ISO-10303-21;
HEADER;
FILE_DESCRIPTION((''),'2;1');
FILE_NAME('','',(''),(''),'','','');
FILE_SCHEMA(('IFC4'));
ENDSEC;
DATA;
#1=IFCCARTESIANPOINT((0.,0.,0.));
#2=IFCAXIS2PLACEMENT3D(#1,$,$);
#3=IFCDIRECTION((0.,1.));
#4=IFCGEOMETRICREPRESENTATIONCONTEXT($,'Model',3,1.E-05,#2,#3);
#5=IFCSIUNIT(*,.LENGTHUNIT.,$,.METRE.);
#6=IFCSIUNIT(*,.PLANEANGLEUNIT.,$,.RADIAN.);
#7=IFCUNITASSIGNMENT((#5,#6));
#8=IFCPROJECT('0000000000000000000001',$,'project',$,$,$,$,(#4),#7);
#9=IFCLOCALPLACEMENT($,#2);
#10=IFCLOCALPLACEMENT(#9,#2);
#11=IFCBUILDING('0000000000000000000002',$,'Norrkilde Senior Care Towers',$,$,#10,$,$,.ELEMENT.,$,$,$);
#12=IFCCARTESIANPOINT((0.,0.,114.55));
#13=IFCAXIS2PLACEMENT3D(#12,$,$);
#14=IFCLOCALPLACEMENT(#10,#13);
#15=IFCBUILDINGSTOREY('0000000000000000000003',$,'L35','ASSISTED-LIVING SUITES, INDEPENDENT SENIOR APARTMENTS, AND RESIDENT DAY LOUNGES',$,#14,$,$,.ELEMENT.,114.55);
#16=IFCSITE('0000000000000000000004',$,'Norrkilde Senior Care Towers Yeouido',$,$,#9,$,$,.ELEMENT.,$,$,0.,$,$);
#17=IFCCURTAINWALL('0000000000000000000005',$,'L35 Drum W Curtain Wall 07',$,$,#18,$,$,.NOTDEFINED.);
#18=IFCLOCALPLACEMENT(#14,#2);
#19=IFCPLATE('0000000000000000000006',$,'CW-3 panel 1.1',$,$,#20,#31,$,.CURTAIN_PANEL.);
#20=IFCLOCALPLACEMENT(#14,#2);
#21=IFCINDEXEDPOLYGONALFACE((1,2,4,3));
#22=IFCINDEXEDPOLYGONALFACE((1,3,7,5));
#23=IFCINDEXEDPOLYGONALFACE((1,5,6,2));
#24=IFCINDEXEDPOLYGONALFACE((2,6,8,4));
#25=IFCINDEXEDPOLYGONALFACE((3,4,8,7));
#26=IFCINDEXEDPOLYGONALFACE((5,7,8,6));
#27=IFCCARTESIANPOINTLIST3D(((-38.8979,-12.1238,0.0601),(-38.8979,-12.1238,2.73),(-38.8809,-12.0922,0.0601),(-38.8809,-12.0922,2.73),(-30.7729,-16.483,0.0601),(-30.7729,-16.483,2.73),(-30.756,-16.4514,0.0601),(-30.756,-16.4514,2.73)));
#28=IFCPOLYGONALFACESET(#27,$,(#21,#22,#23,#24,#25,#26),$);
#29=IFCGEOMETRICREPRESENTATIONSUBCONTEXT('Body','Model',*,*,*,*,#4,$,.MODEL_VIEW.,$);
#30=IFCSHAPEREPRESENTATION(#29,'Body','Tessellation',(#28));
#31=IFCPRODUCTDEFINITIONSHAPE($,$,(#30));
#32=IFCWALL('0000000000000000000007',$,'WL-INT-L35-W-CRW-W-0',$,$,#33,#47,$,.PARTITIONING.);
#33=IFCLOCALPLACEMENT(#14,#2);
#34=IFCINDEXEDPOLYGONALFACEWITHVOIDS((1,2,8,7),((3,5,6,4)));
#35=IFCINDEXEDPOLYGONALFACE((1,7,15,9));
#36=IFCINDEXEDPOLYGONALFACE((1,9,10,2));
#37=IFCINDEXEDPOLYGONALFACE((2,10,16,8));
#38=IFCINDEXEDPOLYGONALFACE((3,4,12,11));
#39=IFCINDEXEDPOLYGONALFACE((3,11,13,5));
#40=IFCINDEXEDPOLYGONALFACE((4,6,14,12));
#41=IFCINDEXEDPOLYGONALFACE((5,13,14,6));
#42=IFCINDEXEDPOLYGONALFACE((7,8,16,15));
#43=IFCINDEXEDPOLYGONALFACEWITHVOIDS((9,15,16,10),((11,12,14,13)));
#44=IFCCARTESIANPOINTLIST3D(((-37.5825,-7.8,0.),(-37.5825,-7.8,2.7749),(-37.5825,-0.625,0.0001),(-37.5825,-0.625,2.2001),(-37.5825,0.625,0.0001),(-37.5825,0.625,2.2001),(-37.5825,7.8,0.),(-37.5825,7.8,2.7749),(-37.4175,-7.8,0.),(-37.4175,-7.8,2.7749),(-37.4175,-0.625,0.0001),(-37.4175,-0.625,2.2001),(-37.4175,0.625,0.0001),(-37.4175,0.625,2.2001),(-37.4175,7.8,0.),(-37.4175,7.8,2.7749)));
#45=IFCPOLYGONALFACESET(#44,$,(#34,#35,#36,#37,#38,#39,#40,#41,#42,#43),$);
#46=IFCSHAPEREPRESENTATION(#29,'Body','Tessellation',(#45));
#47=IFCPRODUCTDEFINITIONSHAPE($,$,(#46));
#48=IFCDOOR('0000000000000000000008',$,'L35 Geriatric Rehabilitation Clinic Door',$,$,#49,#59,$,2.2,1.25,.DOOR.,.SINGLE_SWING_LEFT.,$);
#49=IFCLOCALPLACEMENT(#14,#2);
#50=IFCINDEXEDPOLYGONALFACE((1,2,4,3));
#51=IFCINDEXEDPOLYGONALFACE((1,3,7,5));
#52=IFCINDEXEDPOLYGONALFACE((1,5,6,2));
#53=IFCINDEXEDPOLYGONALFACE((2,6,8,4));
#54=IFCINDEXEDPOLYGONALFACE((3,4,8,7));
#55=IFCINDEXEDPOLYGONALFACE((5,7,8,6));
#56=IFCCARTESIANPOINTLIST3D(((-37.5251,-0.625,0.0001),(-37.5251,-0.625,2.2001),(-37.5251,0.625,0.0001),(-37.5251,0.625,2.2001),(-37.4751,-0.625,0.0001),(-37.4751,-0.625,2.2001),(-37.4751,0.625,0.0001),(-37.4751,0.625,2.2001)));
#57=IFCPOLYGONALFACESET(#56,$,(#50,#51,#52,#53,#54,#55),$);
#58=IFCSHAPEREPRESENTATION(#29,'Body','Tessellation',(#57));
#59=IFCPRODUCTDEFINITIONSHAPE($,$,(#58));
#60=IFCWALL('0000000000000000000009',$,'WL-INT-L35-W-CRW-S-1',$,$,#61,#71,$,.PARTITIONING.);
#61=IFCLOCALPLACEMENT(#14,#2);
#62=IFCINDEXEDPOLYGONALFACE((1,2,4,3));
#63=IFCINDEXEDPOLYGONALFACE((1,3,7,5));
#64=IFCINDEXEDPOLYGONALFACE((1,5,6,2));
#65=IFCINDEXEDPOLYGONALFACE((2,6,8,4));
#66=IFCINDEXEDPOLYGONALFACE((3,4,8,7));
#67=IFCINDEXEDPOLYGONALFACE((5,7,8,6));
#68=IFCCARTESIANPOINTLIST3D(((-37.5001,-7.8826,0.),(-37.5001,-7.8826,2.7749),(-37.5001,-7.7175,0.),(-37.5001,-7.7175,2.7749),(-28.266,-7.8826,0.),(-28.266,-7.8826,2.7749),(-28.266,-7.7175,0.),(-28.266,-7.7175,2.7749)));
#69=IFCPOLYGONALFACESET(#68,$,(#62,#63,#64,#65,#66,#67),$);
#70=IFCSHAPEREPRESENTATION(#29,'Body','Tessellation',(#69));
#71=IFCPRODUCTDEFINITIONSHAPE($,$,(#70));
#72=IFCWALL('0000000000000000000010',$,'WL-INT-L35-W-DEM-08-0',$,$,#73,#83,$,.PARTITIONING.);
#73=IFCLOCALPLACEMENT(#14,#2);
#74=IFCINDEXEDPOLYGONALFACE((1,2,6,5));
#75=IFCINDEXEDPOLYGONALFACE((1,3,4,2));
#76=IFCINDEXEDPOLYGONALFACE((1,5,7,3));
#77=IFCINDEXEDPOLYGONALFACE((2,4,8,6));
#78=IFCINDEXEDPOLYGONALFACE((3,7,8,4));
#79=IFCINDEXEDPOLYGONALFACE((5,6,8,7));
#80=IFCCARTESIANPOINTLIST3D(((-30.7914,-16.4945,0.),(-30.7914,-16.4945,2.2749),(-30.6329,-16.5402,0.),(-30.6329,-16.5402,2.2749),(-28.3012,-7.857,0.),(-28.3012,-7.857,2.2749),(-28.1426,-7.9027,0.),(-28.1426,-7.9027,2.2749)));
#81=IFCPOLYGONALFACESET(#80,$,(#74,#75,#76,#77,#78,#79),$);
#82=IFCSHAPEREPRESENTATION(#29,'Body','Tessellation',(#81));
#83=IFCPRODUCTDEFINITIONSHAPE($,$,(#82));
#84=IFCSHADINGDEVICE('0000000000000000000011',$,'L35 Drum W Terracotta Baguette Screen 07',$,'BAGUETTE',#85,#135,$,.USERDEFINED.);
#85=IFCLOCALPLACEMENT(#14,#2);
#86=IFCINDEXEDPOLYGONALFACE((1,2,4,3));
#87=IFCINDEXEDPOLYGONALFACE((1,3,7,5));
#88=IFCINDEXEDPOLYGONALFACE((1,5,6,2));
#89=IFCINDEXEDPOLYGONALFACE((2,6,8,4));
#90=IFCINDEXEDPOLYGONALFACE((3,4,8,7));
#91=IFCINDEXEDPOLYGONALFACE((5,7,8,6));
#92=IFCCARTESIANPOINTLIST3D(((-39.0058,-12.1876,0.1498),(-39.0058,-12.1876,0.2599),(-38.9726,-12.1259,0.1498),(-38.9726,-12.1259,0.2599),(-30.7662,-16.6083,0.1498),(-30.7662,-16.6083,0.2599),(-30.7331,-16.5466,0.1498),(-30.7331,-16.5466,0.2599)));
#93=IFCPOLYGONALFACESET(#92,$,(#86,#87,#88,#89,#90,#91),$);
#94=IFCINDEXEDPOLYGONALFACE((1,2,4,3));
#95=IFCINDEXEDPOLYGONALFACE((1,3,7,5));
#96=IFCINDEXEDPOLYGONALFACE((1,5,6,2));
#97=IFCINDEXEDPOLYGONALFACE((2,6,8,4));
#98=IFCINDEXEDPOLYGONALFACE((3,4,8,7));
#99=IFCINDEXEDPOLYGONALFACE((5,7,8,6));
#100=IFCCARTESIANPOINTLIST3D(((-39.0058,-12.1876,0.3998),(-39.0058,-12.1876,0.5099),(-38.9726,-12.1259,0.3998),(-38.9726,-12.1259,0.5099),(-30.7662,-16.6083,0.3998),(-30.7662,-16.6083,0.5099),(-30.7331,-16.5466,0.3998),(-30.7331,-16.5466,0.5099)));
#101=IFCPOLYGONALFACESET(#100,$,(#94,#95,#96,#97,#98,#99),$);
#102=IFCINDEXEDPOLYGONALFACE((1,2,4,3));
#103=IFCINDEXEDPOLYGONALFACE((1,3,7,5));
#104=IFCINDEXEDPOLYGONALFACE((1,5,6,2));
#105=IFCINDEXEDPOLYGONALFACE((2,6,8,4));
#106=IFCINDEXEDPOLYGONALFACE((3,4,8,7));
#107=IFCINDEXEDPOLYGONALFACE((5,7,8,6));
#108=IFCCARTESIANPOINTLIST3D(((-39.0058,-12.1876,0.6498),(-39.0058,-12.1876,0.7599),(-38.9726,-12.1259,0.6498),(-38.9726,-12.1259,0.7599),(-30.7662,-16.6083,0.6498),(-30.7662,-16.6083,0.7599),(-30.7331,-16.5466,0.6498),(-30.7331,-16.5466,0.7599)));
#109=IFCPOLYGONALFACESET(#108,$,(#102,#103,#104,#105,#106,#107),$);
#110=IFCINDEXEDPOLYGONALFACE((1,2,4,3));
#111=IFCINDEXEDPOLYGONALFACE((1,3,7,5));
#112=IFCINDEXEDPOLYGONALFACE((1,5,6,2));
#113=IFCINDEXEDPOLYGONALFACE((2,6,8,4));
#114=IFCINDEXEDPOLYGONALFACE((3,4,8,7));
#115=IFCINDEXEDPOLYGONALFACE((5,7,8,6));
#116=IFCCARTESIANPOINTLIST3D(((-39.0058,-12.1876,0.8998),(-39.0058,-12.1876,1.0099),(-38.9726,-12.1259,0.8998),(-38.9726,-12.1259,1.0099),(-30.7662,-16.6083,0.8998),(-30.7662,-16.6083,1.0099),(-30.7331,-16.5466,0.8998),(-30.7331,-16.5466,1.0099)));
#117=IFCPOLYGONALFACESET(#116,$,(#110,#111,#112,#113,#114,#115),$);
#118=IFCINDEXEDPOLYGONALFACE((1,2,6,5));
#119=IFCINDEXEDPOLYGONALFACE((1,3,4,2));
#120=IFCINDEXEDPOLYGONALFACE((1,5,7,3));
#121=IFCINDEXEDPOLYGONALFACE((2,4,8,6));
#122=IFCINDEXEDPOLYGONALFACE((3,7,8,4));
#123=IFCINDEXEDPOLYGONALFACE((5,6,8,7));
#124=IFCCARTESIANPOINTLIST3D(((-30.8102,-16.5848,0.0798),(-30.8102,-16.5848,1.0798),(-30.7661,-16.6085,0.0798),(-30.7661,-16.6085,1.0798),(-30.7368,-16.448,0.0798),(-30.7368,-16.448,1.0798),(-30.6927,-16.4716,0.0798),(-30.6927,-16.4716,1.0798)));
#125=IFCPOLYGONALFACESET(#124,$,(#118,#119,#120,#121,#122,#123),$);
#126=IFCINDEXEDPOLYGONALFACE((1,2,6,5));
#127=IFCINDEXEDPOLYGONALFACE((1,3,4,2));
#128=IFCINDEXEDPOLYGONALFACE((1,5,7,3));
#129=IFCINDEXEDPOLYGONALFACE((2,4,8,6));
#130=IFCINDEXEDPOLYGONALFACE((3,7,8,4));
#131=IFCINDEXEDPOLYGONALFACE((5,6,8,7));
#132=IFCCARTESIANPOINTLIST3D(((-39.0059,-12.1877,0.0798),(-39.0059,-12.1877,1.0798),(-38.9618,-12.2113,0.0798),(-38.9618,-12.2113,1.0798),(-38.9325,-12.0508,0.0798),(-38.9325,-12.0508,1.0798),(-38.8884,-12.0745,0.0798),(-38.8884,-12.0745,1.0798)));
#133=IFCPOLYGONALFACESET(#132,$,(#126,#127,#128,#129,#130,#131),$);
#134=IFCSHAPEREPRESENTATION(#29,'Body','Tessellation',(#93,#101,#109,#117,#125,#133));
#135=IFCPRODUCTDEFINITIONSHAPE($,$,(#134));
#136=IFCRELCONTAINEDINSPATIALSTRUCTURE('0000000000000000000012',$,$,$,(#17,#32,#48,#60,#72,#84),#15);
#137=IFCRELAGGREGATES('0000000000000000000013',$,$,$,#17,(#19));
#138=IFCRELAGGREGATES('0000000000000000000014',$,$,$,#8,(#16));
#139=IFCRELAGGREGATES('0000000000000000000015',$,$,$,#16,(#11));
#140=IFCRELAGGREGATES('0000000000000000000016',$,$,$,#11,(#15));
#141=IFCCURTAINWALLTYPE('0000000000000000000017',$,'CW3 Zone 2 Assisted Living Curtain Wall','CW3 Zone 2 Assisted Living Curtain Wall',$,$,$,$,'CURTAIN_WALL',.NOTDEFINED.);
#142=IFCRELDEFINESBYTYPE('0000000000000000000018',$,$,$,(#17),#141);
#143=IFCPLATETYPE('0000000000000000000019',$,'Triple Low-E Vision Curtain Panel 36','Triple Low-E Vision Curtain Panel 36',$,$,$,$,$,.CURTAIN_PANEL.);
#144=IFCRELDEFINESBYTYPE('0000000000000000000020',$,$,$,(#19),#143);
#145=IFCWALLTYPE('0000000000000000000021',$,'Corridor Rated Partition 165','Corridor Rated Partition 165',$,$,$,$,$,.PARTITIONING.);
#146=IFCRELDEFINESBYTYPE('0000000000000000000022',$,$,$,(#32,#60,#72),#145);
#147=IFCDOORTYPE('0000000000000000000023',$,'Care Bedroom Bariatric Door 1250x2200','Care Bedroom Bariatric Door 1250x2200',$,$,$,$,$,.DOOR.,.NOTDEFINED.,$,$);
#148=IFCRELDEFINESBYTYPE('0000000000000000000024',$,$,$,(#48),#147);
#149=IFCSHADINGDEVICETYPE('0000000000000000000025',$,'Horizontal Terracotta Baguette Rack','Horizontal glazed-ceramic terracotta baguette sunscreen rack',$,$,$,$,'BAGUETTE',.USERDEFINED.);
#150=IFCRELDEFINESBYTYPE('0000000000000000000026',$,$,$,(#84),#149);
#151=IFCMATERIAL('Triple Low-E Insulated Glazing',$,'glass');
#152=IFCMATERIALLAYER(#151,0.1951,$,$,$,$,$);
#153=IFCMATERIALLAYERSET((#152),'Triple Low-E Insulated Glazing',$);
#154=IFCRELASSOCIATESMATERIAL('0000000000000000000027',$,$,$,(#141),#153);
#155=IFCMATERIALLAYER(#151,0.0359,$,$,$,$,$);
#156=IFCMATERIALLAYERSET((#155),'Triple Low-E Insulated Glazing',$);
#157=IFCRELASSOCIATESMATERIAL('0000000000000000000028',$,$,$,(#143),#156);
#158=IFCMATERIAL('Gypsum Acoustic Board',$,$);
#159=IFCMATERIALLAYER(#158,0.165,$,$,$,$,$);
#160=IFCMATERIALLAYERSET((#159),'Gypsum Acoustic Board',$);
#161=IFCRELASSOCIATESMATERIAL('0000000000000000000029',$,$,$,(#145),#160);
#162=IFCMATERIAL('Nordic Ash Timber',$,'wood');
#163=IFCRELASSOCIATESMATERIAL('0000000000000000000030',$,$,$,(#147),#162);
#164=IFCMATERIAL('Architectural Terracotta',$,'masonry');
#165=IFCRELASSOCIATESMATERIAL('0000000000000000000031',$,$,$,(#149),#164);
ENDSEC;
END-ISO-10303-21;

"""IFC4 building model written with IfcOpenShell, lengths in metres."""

from ifc_helpers import new_model, si_unit, direction, frame, frame_2d, origin, origin_2d, place, context, subcontext, project, spatial, rectangle, extrude, source, transform, mapped, material, layer, layer_set, type_object, type_shapes, element, fill, aggregate, save


model = new_model("IFC4")

# Units and contexts
model_context = context("Model", 3, precision=1e-05, world=origin(), true_north=direction((0.0, 1.0)))
body_context = subcontext(model_context, "Body", "Model", "MODEL_VIEW")
ifc_project = project(units=[si_unit("LENGTHUNIT", "METRE"), si_unit("PLANEANGLEUNIT", "RADIAN")], contexts=[model_context])

# Site, building, storey
site_placement = place(None, origin())
site = spatial("IfcSite", under=ifc_project, at=site_placement, Name="Norrkilde Senior Care Towers Yeouido", CompositionType="ELEMENT", RefElevation=0.0)
building_placement = place(site_placement, origin())
building = spatial("IfcBuilding", under=site, at=building_placement, Name="Norrkilde Senior Care Towers", CompositionType="ELEMENT")
storey_placement = place(building_placement, frame((0.0, 0.0, 114.55)))
storey = spatial("IfcBuildingStorey", under=building, at=storey_placement, Name="L35", Description="ASSISTED-LIVING SUITES, INDEPENDENT SENIOR APARTMENTS, AND RESIDENT DAY LOUNGES", CompositionType="ELEMENT", Elevation=114.55)

# Shared definitions
ifc_material_1 = material(Name="Triple Low-E Insulated Glazing", Category="glass")
ifc_layer_1 = layer(ifc_material_1, 0.1951)
ifc_layer_set_1 = layer_set([ifc_layer_1], Name="Triple Low-E Insulated Glazing")
curtain_wall_type = type_object("IfcCurtainWallType", Name="CW3 Zone 2 Assisted Living Curtain Wall", Description="CW3 Zone 2 Assisted Living Curtain Wall", ElementType="CURTAIN_WALL", PredefinedType="NOTDEFINED", material=ifc_layer_set_1)

# Curtain wall
curtain_wall_1_placement = place(storey_placement, origin())
curtain_wall_1 = element("IfcCurtainWall", 1, at=curtain_wall_1_placement, inside=storey, type_object=curtain_wall_type, Name="L35 Drum W Curtain Wall 07", PredefinedType="NOTDEFINED")

# Plate
ifc_layer_2 = layer(ifc_material_1, 0.0359)
ifc_layer_set_2 = layer_set([ifc_layer_2], Name="Triple Low-E Insulated Glazing")
plate_type = type_object("IfcPlateType", Name="Triple Low-E Vision Curtain Panel 36", Description="Triple Low-E Vision Curtain Panel 36", PredefinedType="CURTAIN_PANEL", material=ifc_layer_set_2)
shared_shape_1 = source(origin(), body_context, "Body", "SweptSolid", [
    extrude(rectangle(XDim=9.2205, YDim=0.0359, at=origin_2d()), origin(), (0.0, 0.0, 1.0), 2.6699),
])
plate_1_placement = place(storey_placement, frame((-34.8269, -14.2876, 0.0601), z_axis=(0.0, 0.0, 1.0), x_axis=(-0.881186, 0.472769, 0.0)))
plate_1 = element("IfcPlate", 2, at=plate_1_placement, type_object=plate_type, Name="CW-3 panel 1.1", PredefinedType="CURTAIN_PANEL", context=body_context, shape_type="MappedRepresentation", body=[
    mapped(shared_shape_1, transform((0.0, 0.0, 0.0), x_axis=(1.0, 0.0, 0.0), y_axis=(0.0, 1.0, 0.0), z_axis=(0.0, 0.0, 1.0), scale=1.0)),
])
aggregate(curtain_wall_1, [plate_1])

# Wall, opening, door
ifc_material_2 = material(Name="Gypsum Acoustic Board")
ifc_layer_3 = layer(ifc_material_2, 0.165)
ifc_layer_set_3 = layer_set([ifc_layer_3], Name="Gypsum Acoustic Board")
wall_type = type_object("IfcWallType", Name="Corridor Rated Partition 165", Description="Corridor Rated Partition 165", PredefinedType="PARTITIONING", material=ifc_layer_set_3)
shared_shape_2 = source(origin(), body_context, "Body", "SweptSolid", [
    extrude(rectangle(XDim=15.6001, YDim=0.165, at=frame_2d((7.8, 0.0))), origin(), (0.0, 0.0, 1.0), 2.7749),
])
wall_1_placement = place(storey_placement, frame((-37.5, -7.8, 0.0), z_axis=(0.0, 0.0, 1.0), x_axis=(0.0, 1.0, 0.0)))
wall_1 = element("IfcWall", 3, at=wall_1_placement, inside=storey, type_object=wall_type, Name="WL-INT-L35-W-CRW-W-0", PredefinedType="PARTITIONING", context=body_context, shape_type="MappedRepresentation", body=[
    mapped(shared_shape_2, transform((0.0, 0.0, 0.0), x_axis=(1.0, 0.0, 0.0), y_axis=(0.0, 1.0, 0.0), z_axis=(0.0, 0.0, 1.0), scale=1.0)),
])
opening_placement = place(wall_1_placement, frame((7.175, 0.0, 0.0)))
opening = element("IfcOpeningElement", 4, at=opening_placement, cuts=wall_1, PredefinedType="OPENING", context=body_context, shape_type="SweptSolid", body=[
    extrude(rectangle(XDim=1.25, YDim=2.2, at=frame_2d((0.625, 1.1001))), frame((0.0, 0.0925, 0.0), z_axis=(0.0, -1.0, 0.0), x_axis=(1.0, 0.0, 0.0)), (0.0, 0.0, 1.0), 0.1851),
])
ifc_material_3 = material(Name="Nordic Ash Timber", Category="wood")
door_type = type_object("IfcDoorType", Name="Care Bedroom Bariatric Door 1250x2200", Description="Care Bedroom Bariatric Door 1250x2200", OperationType="NOTDEFINED", PredefinedType="DOOR", material=ifc_material_3)
shared_shape_3 = source(origin(), body_context, "Body", "SweptSolid", [
    extrude(rectangle(XDim=1.25, YDim=2.2, at=frame_2d((0.625, 1.1001))), frame((0.0, 0.0249, 0.0), z_axis=(0.0, -1.0, 0.0), x_axis=(1.0, 0.0, 0.0)), (0.0, 0.0, 1.0), 0.05),
])
type_shapes(door_type, [shared_shape_3])
door_placement = place(opening_placement, frame((1.25, 0.0, 0.0), z_axis=(0.0, 0.0, 1.0), x_axis=(-1.0, 0.0, 0.0)))
door = element("IfcDoor", 5, at=door_placement, inside=storey, type_object=door_type, Name="L35 Geriatric Rehabilitation Clinic Door", OperationType="SINGLE_SWING_LEFT", OverallHeight=2.2, OverallWidth=1.25, PredefinedType="DOOR", context=body_context, shape_type="MappedRepresentation", body=[
    mapped(shared_shape_3, transform((0.0, 0.0, 0.0), x_axis=(1.0, 0.0, 0.0), y_axis=(0.0, 1.0, 0.0), z_axis=(0.0, 0.0, 1.0), scale=1.0)),
])
fill(opening, door)

# Walls
shared_shape_4 = source(origin(), body_context, "Body", "SweptSolid", [
    extrude(rectangle(XDim=9.2341, YDim=0.165, at=frame_2d((4.6172, 0.0))), origin(), (0.0, 0.0, 1.0), 2.7749),
])
wall_2_placement = place(storey_placement, frame((-28.2659, -7.8, 0.0), z_axis=(0.0, 0.0, 1.0), x_axis=(-1.0, 0.0, 0.0)))
element("IfcWall", 6, at=wall_2_placement, inside=storey, type_object=wall_type, Name="WL-INT-L35-W-CRW-S-1", PredefinedType="PARTITIONING", context=body_context, shape_type="MappedRepresentation", body=[
    mapped(shared_shape_4, transform((0.0, 0.0, 0.0), x_axis=(1.0, 0.0, 0.0), y_axis=(0.0, 1.0, 0.0), z_axis=(0.0, 0.0, 1.0), scale=1.0)),
])
shared_shape_5 = source(origin(), body_context, "Body", "SweptSolid", [
    extrude(rectangle(XDim=8.9893, YDim=0.165, at=frame_2d((4.4946, 0.0))), origin(), (0.0, 0.0, 1.0), 2.2749),
])
type_shapes(wall_type, [shared_shape_2, shared_shape_4, shared_shape_5])
wall_3_placement = place(storey_placement, frame((-28.2219, -7.8799, 0.0), z_axis=(0.0, 0.0, 1.0), x_axis=(-0.277023, -0.960863, 0.0)))
element("IfcWall", 7, at=wall_3_placement, inside=storey, type_object=wall_type, Name="WL-INT-L35-W-DEM-08-0", PredefinedType="PARTITIONING", context=body_context, shape_type="MappedRepresentation", body=[
    mapped(shared_shape_5, transform((0.0, 0.0, 0.0), x_axis=(1.0, 0.0, 0.0), y_axis=(0.0, 1.0, 0.0), z_axis=(0.0, 0.0, 1.0), scale=1.0)),
])

# Shading device
ifc_material_4 = material(Name="Architectural Terracotta", Category="masonry")
shading_device_type = type_object("IfcShadingDeviceType", Name="Horizontal Terracotta Baguette Rack", Description="Horizontal glazed-ceramic terracotta baguette sunscreen rack", ElementType="BAGUETTE", PredefinedType="USERDEFINED", material=ifc_material_4)
shared_shape_6 = source(origin(), body_context, "Body", "SweptSolid", [
    extrude(rectangle(XDim=0.0701, YDim=0.1101, at=origin_2d()), frame((0.0, 0.0901, 0.125), z_axis=(1.0, 0.0, 0.0), x_axis=(0.0, 1.0, 0.0)), (0.0, 0.0, 1.0), 9.3506),
    extrude(rectangle(XDim=0.0701, YDim=0.1101, at=origin_2d()), frame((0.0, 0.0901, 0.375), z_axis=(1.0, 0.0, 0.0), x_axis=(0.0, 1.0, 0.0)), (0.0, 0.0, 1.0), 9.3506),
    extrude(rectangle(XDim=0.0701, YDim=0.1101, at=origin_2d()), frame((0.0, 0.0901, 0.625), z_axis=(1.0, 0.0, 0.0), x_axis=(0.0, 1.0, 0.0)), (0.0, 0.0, 1.0), 9.3506),
    extrude(rectangle(XDim=0.0701, YDim=0.1101, at=origin_2d()), frame((0.0, 0.0901, 0.875), z_axis=(1.0, 0.0, 0.0), x_axis=(0.0, 1.0, 0.0)), (0.0, 0.0, 1.0), 9.3506),
    extrude(rectangle(XDim=0.05, YDim=0.1553, at=origin_2d()), frame((0.0249, 0.0476, 0.0)), (0.0, 0.0, 1.0), 1.0),
    extrude(rectangle(XDim=0.05, YDim=0.1553, at=origin_2d()), frame((9.3257, 0.0476, 0.0)), (0.0, 0.0, 1.0), 1.0),
])
type_shapes(shading_device_type, [shared_shape_6])
shading_device_placement = place(storey_placement, frame((-30.707, -16.498, 0.0798), z_axis=(0.0, 0.0, 1.0), x_axis=(-0.881175, 0.472768, 0.0)))
element("IfcShadingDevice", 8, at=shading_device_placement, inside=storey, type_object=shading_device_type, Name="L35 Drum W Terracotta Baguette Screen 07", ObjectType="BAGUETTE", PredefinedType="USERDEFINED", context=body_context, shape_type="MappedRepresentation", body=[
    mapped(shared_shape_6, transform((0.0, 0.0, 0.0), x_axis=(1.0, 0.0, 0.0), y_axis=(0.0, 1.0, 0.0), z_axis=(0.0, 0.0, 1.0), scale=1.0)),
])

save(model, "model.ifc")
